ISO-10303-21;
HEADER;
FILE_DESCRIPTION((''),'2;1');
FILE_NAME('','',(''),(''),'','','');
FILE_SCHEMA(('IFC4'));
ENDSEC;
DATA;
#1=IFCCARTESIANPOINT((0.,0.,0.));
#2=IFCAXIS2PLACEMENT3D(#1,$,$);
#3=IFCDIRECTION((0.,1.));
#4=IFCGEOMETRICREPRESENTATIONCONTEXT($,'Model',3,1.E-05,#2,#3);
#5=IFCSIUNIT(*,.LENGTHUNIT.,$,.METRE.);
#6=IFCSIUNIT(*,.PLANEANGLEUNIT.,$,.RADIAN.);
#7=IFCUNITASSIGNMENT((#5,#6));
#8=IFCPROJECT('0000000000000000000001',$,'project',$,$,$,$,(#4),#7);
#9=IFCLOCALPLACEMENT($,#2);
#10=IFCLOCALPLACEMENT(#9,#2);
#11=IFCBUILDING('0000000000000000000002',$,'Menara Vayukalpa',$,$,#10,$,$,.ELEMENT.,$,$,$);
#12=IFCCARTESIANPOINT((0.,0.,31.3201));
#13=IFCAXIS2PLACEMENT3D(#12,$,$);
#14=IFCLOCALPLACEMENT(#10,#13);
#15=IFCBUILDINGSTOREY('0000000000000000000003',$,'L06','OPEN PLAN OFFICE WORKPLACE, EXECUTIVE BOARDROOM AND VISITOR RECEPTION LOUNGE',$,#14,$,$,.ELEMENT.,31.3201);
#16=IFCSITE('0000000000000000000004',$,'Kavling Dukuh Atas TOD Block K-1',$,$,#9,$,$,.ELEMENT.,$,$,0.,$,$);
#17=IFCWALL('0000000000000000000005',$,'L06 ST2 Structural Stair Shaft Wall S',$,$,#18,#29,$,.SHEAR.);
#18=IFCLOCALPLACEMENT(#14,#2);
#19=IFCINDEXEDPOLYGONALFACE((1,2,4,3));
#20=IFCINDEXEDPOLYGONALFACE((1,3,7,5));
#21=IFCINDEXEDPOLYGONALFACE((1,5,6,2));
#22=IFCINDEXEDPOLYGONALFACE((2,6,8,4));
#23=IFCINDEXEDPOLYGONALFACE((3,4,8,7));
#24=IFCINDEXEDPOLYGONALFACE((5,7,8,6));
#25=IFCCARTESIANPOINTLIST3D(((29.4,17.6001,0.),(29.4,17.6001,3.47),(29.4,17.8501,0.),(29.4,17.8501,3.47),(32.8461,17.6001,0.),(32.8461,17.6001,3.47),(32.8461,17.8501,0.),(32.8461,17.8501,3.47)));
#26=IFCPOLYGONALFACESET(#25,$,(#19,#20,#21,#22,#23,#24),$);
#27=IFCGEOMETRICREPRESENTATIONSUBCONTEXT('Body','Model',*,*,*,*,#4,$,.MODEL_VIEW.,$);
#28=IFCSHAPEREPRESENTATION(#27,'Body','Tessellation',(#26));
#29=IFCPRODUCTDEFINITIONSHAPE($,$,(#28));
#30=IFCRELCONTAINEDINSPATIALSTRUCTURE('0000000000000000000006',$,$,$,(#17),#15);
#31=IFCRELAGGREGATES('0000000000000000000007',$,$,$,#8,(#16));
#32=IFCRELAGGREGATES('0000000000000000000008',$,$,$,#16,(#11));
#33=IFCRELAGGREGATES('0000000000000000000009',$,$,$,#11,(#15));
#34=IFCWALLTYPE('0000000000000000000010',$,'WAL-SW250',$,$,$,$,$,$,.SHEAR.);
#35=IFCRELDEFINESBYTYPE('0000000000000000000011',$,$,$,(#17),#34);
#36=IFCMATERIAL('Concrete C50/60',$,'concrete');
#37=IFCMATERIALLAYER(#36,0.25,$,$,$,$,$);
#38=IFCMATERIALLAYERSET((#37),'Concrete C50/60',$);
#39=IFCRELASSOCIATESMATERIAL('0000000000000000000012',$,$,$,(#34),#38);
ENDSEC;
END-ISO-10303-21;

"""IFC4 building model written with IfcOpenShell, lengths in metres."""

from ifc_helpers import new_model, si_unit, direction, frame, frame_2d, origin, place, context, subcontext, project, spatial, rectangle, extrude, material, layer, layer_set, type_object, element, save


model = new_model("IFC4")

# Units and contexts
model_context = context("Model", 3, precision=1e-05, world=origin(), true_north=direction((0.0, 1.0)))
body_context = subcontext(model_context, "Body", "Model", "MODEL_VIEW")
ifc_project = project(units=[si_unit("LENGTHUNIT", "METRE"), si_unit("PLANEANGLEUNIT", "RADIAN")], contexts=[model_context])

# Site, building, storey
site_placement = place(None, origin())
site = spatial("IfcSite", under=ifc_project, at=site_placement, Name="Kavling Dukuh Atas TOD Block K-1", CompositionType="ELEMENT", RefElevation=0.0)
building_placement = place(site_placement, origin())
building = spatial("IfcBuilding", under=site, at=building_placement, Name="Menara Vayukalpa", CompositionType="ELEMENT")
storey_placement = place(building_placement, frame((0.0, 0.0, 31.3201)))
storey = spatial("IfcBuildingStorey", under=building, at=storey_placement, Name="L06", Description="OPEN PLAN OFFICE WORKPLACE, EXECUTIVE BOARDROOM AND VISITOR RECEPTION LOUNGE", CompositionType="ELEMENT", Elevation=31.3201)

# Shared definitions
ifc_material_1 = material(Name="Concrete C50/60", Category="concrete")
ifc_layer_1 = layer(ifc_material_1, 0.25)
ifc_layer_set_1 = layer_set([ifc_layer_1], Name="Concrete C50/60")
wall_type_1 = type_object("IfcWallType", Name="WAL-SW250", PredefinedType="SHEAR", material=ifc_layer_set_1)

# Wall
wall_1_placement = place(storey_placement, frame((29.3999, 17.7251, 0.0), z_axis=(0.0, 0.0, 1.0), x_axis=(1.0, 0.0, 0.0)))
element("IfcWall", 1, at=wall_1_placement, inside=storey, type_object=wall_type_1, Name="L06 ST2 Structural Stair Shaft Wall S", PredefinedType="SHEAR", context=body_context, shape_type="SweptSolid", body=[
    extrude(rectangle(XDim=3.446, YDim=0.25, at=frame_2d((1.7231, 0.0))), origin(), (0.0, 0.0, 1.0), 3.47),
])

save(model, "model.ifc")
